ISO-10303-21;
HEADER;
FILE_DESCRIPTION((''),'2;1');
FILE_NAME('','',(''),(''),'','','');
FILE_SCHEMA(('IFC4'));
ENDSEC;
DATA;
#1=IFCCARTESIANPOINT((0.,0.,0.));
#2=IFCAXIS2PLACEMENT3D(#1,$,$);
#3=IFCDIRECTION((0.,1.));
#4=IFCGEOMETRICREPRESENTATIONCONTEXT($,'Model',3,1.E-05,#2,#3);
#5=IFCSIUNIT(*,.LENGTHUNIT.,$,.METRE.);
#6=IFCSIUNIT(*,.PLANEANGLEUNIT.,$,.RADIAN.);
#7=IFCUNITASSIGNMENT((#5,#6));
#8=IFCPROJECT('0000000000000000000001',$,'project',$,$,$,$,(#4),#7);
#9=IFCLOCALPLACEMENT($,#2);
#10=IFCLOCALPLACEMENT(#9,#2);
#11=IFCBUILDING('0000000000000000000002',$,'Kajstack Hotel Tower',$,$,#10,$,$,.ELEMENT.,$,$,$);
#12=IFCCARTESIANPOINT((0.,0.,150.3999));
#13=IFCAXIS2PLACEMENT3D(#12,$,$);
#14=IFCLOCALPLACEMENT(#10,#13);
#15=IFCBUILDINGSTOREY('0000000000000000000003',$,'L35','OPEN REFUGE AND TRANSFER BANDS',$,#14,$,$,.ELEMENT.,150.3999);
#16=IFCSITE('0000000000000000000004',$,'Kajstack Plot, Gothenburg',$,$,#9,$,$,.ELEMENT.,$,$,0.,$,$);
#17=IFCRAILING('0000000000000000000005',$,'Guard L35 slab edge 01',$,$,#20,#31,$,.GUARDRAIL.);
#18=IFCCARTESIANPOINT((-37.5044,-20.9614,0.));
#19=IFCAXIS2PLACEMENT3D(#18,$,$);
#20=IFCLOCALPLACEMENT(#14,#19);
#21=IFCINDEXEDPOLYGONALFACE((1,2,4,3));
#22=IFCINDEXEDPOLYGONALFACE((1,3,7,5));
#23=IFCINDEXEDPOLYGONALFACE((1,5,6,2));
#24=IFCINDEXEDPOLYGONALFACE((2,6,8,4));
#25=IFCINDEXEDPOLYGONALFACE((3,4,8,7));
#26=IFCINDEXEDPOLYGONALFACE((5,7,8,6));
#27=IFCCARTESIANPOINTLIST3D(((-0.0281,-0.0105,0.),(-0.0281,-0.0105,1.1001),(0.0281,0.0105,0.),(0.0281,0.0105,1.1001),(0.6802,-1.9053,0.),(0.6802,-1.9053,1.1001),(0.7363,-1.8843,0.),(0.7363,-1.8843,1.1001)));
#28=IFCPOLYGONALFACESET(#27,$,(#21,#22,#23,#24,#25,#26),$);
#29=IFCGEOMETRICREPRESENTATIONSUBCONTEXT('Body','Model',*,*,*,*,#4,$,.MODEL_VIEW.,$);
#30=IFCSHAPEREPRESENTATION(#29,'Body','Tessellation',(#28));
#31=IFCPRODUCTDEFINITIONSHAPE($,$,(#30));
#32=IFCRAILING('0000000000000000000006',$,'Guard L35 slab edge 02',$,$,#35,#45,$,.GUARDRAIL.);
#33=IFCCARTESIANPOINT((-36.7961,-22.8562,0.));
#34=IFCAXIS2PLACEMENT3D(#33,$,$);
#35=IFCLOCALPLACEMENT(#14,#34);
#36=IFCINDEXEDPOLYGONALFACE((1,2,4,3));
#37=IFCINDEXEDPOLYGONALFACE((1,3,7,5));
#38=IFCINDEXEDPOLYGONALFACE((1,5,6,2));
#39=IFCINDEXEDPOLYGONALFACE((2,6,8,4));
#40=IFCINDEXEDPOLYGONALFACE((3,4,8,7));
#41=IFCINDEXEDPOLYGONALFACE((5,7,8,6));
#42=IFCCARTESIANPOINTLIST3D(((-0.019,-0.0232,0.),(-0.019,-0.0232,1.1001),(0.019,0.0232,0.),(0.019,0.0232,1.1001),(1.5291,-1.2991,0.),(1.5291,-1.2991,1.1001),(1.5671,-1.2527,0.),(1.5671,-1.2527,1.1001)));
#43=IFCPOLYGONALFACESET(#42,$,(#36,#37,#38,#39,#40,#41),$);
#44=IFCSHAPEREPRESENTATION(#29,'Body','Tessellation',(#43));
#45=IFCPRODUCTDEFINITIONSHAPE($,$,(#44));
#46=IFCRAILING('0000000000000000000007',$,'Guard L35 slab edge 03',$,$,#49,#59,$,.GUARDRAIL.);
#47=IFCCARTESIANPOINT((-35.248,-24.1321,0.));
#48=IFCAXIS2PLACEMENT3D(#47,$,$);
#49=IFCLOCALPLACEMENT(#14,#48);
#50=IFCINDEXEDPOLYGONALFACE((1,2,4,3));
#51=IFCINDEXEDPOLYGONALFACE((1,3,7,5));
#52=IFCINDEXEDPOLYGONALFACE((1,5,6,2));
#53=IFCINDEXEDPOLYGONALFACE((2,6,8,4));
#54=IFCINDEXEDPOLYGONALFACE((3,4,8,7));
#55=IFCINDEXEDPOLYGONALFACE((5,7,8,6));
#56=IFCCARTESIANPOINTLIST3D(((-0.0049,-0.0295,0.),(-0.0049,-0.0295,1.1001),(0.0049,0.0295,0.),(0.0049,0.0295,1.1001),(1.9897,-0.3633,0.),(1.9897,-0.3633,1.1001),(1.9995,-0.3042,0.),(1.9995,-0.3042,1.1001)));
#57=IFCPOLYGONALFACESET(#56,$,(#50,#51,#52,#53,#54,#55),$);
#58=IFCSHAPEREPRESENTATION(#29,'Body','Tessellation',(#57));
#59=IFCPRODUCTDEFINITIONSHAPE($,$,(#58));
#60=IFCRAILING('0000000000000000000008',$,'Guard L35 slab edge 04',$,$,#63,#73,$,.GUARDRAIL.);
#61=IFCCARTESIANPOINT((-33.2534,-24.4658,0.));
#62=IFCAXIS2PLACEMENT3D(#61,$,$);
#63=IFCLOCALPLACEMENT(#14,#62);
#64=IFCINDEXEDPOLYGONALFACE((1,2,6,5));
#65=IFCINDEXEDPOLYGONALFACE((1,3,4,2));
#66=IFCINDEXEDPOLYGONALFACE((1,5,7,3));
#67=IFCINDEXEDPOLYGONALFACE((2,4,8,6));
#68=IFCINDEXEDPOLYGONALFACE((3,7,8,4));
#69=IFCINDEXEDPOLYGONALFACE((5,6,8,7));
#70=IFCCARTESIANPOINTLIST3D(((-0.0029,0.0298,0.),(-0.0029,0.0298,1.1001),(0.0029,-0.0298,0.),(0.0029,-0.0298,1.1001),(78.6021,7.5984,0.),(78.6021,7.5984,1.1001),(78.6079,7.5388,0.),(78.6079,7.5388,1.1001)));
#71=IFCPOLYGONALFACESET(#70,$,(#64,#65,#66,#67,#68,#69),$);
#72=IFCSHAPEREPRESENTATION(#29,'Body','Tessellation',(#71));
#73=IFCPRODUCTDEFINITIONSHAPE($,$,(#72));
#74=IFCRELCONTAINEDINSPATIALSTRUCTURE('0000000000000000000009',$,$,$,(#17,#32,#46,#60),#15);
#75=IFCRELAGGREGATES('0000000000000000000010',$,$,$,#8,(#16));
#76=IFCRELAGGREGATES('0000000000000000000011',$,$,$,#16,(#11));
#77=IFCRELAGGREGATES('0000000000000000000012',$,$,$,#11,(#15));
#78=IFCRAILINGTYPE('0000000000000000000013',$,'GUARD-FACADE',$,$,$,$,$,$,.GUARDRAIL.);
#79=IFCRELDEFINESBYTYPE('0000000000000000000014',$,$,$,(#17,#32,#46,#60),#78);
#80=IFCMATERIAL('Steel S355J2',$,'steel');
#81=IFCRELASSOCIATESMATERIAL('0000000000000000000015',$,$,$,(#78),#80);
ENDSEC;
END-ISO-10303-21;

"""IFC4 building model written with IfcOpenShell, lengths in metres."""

from ifc_helpers import new_model, si_unit, direction, frame, origin, place, context, subcontext, project, spatial, polyline, outline, extrude, material, type_object, element, save


model = new_model("IFC4")

# Units and contexts
model_context = context("Model", 3, precision=1e-05, world=origin(), true_north=direction((0.0, 1.0)))
body_context = subcontext(model_context, "Body", "Model", "MODEL_VIEW")
ifc_project = project(units=[si_unit("LENGTHUNIT", "METRE"), si_unit("PLANEANGLEUNIT", "RADIAN")], contexts=[model_context])

# Site, building, storey
site_placement = place(None, origin())
site = spatial("IfcSite", under=ifc_project, at=site_placement, Name="Kajstack Plot, Gothenburg", CompositionType="ELEMENT", RefElevation=0.0)
building_placement = place(site_placement, origin())
building = spatial("IfcBuilding", under=site, at=building_placement, Name="Kajstack Hotel Tower", CompositionType="ELEMENT")
storey_placement = place(building_placement, frame((0.0, 0.0, 150.3999)))
storey = spatial("IfcBuildingStorey", under=building, at=storey_placement, Name="L35", Description="OPEN REFUGE AND TRANSFER BANDS", CompositionType="ELEMENT", Elevation=150.3999)

# Railings
ifc_material_1 = material(Name="Steel S355J2", Category="steel")
railing_type_1 = type_object("IfcRailingType", Name="GUARD-FACADE", PredefinedType="GUARDRAIL", material=ifc_material_1)
railing_1_placement = place(storey_placement, frame((-37.5044, -20.9614, 0.0)))
element("IfcRailing", 1, at=railing_1_placement, inside=storey, type_object=railing_type_1, Name="Guard L35 slab edge 01", PredefinedType="GUARDRAIL", context=body_context, shape_type="SweptSolid", body=[
    extrude(outline(polyline([(0.7363, -1.8843), (0.6802, -1.9053), (-0.0281, -0.0105), (0.0281, 0.0105), (0.7363, -1.8843)])), origin(), (0.0, 0.0, 1.0), 1.1001),
])
railing_2_placement = place(storey_placement, frame((-36.7961, -22.8562, 0.0)))
element("IfcRailing", 2, at=railing_2_placement, inside=storey, type_object=railing_type_1, Name="Guard L35 slab edge 02", PredefinedType="GUARDRAIL", context=body_context, shape_type="SweptSolid", body=[
    extrude(outline(polyline([(1.5671, -1.2527), (1.5291, -1.2991), (-0.019, -0.0232), (0.019, 0.0232), (1.5671, -1.2527)])), origin(), (0.0, 0.0, 1.0), 1.1001),
])
railing_3_placement = place(storey_placement, frame((-35.248, -24.1321, 0.0)))
element("IfcRailing", 3, at=railing_3_placement, inside=storey, type_object=railing_type_1, Name="Guard L35 slab edge 03", PredefinedType="GUARDRAIL", context=body_context, shape_type="SweptSolid", body=[
    extrude(outline(polyline([(1.9995, -0.3042), (1.9897, -0.3633), (-0.0049, -0.0295), (0.0049, 0.0295), (1.9995, -0.3042)])), origin(), (0.0, 0.0, 1.0), 1.1001),
])
railing_4_placement = place(storey_placement, frame((-33.2534, -24.4658, 0.0)))
element("IfcRailing", 4, at=railing_4_placement, inside=storey, type_object=railing_type_1, Name="Guard L35 slab edge 04", PredefinedType="GUARDRAIL", context=body_context, shape_type="SweptSolid", body=[
    extrude(outline(polyline([(78.6021, 7.5984), (78.6079, 7.5388), (0.0029, -0.0298), (-0.0029, 0.0298), (78.6021, 7.5984)])), origin(), (0.0, 0.0, 1.0), 1.1001),
])

save(model, "model.ifc")
